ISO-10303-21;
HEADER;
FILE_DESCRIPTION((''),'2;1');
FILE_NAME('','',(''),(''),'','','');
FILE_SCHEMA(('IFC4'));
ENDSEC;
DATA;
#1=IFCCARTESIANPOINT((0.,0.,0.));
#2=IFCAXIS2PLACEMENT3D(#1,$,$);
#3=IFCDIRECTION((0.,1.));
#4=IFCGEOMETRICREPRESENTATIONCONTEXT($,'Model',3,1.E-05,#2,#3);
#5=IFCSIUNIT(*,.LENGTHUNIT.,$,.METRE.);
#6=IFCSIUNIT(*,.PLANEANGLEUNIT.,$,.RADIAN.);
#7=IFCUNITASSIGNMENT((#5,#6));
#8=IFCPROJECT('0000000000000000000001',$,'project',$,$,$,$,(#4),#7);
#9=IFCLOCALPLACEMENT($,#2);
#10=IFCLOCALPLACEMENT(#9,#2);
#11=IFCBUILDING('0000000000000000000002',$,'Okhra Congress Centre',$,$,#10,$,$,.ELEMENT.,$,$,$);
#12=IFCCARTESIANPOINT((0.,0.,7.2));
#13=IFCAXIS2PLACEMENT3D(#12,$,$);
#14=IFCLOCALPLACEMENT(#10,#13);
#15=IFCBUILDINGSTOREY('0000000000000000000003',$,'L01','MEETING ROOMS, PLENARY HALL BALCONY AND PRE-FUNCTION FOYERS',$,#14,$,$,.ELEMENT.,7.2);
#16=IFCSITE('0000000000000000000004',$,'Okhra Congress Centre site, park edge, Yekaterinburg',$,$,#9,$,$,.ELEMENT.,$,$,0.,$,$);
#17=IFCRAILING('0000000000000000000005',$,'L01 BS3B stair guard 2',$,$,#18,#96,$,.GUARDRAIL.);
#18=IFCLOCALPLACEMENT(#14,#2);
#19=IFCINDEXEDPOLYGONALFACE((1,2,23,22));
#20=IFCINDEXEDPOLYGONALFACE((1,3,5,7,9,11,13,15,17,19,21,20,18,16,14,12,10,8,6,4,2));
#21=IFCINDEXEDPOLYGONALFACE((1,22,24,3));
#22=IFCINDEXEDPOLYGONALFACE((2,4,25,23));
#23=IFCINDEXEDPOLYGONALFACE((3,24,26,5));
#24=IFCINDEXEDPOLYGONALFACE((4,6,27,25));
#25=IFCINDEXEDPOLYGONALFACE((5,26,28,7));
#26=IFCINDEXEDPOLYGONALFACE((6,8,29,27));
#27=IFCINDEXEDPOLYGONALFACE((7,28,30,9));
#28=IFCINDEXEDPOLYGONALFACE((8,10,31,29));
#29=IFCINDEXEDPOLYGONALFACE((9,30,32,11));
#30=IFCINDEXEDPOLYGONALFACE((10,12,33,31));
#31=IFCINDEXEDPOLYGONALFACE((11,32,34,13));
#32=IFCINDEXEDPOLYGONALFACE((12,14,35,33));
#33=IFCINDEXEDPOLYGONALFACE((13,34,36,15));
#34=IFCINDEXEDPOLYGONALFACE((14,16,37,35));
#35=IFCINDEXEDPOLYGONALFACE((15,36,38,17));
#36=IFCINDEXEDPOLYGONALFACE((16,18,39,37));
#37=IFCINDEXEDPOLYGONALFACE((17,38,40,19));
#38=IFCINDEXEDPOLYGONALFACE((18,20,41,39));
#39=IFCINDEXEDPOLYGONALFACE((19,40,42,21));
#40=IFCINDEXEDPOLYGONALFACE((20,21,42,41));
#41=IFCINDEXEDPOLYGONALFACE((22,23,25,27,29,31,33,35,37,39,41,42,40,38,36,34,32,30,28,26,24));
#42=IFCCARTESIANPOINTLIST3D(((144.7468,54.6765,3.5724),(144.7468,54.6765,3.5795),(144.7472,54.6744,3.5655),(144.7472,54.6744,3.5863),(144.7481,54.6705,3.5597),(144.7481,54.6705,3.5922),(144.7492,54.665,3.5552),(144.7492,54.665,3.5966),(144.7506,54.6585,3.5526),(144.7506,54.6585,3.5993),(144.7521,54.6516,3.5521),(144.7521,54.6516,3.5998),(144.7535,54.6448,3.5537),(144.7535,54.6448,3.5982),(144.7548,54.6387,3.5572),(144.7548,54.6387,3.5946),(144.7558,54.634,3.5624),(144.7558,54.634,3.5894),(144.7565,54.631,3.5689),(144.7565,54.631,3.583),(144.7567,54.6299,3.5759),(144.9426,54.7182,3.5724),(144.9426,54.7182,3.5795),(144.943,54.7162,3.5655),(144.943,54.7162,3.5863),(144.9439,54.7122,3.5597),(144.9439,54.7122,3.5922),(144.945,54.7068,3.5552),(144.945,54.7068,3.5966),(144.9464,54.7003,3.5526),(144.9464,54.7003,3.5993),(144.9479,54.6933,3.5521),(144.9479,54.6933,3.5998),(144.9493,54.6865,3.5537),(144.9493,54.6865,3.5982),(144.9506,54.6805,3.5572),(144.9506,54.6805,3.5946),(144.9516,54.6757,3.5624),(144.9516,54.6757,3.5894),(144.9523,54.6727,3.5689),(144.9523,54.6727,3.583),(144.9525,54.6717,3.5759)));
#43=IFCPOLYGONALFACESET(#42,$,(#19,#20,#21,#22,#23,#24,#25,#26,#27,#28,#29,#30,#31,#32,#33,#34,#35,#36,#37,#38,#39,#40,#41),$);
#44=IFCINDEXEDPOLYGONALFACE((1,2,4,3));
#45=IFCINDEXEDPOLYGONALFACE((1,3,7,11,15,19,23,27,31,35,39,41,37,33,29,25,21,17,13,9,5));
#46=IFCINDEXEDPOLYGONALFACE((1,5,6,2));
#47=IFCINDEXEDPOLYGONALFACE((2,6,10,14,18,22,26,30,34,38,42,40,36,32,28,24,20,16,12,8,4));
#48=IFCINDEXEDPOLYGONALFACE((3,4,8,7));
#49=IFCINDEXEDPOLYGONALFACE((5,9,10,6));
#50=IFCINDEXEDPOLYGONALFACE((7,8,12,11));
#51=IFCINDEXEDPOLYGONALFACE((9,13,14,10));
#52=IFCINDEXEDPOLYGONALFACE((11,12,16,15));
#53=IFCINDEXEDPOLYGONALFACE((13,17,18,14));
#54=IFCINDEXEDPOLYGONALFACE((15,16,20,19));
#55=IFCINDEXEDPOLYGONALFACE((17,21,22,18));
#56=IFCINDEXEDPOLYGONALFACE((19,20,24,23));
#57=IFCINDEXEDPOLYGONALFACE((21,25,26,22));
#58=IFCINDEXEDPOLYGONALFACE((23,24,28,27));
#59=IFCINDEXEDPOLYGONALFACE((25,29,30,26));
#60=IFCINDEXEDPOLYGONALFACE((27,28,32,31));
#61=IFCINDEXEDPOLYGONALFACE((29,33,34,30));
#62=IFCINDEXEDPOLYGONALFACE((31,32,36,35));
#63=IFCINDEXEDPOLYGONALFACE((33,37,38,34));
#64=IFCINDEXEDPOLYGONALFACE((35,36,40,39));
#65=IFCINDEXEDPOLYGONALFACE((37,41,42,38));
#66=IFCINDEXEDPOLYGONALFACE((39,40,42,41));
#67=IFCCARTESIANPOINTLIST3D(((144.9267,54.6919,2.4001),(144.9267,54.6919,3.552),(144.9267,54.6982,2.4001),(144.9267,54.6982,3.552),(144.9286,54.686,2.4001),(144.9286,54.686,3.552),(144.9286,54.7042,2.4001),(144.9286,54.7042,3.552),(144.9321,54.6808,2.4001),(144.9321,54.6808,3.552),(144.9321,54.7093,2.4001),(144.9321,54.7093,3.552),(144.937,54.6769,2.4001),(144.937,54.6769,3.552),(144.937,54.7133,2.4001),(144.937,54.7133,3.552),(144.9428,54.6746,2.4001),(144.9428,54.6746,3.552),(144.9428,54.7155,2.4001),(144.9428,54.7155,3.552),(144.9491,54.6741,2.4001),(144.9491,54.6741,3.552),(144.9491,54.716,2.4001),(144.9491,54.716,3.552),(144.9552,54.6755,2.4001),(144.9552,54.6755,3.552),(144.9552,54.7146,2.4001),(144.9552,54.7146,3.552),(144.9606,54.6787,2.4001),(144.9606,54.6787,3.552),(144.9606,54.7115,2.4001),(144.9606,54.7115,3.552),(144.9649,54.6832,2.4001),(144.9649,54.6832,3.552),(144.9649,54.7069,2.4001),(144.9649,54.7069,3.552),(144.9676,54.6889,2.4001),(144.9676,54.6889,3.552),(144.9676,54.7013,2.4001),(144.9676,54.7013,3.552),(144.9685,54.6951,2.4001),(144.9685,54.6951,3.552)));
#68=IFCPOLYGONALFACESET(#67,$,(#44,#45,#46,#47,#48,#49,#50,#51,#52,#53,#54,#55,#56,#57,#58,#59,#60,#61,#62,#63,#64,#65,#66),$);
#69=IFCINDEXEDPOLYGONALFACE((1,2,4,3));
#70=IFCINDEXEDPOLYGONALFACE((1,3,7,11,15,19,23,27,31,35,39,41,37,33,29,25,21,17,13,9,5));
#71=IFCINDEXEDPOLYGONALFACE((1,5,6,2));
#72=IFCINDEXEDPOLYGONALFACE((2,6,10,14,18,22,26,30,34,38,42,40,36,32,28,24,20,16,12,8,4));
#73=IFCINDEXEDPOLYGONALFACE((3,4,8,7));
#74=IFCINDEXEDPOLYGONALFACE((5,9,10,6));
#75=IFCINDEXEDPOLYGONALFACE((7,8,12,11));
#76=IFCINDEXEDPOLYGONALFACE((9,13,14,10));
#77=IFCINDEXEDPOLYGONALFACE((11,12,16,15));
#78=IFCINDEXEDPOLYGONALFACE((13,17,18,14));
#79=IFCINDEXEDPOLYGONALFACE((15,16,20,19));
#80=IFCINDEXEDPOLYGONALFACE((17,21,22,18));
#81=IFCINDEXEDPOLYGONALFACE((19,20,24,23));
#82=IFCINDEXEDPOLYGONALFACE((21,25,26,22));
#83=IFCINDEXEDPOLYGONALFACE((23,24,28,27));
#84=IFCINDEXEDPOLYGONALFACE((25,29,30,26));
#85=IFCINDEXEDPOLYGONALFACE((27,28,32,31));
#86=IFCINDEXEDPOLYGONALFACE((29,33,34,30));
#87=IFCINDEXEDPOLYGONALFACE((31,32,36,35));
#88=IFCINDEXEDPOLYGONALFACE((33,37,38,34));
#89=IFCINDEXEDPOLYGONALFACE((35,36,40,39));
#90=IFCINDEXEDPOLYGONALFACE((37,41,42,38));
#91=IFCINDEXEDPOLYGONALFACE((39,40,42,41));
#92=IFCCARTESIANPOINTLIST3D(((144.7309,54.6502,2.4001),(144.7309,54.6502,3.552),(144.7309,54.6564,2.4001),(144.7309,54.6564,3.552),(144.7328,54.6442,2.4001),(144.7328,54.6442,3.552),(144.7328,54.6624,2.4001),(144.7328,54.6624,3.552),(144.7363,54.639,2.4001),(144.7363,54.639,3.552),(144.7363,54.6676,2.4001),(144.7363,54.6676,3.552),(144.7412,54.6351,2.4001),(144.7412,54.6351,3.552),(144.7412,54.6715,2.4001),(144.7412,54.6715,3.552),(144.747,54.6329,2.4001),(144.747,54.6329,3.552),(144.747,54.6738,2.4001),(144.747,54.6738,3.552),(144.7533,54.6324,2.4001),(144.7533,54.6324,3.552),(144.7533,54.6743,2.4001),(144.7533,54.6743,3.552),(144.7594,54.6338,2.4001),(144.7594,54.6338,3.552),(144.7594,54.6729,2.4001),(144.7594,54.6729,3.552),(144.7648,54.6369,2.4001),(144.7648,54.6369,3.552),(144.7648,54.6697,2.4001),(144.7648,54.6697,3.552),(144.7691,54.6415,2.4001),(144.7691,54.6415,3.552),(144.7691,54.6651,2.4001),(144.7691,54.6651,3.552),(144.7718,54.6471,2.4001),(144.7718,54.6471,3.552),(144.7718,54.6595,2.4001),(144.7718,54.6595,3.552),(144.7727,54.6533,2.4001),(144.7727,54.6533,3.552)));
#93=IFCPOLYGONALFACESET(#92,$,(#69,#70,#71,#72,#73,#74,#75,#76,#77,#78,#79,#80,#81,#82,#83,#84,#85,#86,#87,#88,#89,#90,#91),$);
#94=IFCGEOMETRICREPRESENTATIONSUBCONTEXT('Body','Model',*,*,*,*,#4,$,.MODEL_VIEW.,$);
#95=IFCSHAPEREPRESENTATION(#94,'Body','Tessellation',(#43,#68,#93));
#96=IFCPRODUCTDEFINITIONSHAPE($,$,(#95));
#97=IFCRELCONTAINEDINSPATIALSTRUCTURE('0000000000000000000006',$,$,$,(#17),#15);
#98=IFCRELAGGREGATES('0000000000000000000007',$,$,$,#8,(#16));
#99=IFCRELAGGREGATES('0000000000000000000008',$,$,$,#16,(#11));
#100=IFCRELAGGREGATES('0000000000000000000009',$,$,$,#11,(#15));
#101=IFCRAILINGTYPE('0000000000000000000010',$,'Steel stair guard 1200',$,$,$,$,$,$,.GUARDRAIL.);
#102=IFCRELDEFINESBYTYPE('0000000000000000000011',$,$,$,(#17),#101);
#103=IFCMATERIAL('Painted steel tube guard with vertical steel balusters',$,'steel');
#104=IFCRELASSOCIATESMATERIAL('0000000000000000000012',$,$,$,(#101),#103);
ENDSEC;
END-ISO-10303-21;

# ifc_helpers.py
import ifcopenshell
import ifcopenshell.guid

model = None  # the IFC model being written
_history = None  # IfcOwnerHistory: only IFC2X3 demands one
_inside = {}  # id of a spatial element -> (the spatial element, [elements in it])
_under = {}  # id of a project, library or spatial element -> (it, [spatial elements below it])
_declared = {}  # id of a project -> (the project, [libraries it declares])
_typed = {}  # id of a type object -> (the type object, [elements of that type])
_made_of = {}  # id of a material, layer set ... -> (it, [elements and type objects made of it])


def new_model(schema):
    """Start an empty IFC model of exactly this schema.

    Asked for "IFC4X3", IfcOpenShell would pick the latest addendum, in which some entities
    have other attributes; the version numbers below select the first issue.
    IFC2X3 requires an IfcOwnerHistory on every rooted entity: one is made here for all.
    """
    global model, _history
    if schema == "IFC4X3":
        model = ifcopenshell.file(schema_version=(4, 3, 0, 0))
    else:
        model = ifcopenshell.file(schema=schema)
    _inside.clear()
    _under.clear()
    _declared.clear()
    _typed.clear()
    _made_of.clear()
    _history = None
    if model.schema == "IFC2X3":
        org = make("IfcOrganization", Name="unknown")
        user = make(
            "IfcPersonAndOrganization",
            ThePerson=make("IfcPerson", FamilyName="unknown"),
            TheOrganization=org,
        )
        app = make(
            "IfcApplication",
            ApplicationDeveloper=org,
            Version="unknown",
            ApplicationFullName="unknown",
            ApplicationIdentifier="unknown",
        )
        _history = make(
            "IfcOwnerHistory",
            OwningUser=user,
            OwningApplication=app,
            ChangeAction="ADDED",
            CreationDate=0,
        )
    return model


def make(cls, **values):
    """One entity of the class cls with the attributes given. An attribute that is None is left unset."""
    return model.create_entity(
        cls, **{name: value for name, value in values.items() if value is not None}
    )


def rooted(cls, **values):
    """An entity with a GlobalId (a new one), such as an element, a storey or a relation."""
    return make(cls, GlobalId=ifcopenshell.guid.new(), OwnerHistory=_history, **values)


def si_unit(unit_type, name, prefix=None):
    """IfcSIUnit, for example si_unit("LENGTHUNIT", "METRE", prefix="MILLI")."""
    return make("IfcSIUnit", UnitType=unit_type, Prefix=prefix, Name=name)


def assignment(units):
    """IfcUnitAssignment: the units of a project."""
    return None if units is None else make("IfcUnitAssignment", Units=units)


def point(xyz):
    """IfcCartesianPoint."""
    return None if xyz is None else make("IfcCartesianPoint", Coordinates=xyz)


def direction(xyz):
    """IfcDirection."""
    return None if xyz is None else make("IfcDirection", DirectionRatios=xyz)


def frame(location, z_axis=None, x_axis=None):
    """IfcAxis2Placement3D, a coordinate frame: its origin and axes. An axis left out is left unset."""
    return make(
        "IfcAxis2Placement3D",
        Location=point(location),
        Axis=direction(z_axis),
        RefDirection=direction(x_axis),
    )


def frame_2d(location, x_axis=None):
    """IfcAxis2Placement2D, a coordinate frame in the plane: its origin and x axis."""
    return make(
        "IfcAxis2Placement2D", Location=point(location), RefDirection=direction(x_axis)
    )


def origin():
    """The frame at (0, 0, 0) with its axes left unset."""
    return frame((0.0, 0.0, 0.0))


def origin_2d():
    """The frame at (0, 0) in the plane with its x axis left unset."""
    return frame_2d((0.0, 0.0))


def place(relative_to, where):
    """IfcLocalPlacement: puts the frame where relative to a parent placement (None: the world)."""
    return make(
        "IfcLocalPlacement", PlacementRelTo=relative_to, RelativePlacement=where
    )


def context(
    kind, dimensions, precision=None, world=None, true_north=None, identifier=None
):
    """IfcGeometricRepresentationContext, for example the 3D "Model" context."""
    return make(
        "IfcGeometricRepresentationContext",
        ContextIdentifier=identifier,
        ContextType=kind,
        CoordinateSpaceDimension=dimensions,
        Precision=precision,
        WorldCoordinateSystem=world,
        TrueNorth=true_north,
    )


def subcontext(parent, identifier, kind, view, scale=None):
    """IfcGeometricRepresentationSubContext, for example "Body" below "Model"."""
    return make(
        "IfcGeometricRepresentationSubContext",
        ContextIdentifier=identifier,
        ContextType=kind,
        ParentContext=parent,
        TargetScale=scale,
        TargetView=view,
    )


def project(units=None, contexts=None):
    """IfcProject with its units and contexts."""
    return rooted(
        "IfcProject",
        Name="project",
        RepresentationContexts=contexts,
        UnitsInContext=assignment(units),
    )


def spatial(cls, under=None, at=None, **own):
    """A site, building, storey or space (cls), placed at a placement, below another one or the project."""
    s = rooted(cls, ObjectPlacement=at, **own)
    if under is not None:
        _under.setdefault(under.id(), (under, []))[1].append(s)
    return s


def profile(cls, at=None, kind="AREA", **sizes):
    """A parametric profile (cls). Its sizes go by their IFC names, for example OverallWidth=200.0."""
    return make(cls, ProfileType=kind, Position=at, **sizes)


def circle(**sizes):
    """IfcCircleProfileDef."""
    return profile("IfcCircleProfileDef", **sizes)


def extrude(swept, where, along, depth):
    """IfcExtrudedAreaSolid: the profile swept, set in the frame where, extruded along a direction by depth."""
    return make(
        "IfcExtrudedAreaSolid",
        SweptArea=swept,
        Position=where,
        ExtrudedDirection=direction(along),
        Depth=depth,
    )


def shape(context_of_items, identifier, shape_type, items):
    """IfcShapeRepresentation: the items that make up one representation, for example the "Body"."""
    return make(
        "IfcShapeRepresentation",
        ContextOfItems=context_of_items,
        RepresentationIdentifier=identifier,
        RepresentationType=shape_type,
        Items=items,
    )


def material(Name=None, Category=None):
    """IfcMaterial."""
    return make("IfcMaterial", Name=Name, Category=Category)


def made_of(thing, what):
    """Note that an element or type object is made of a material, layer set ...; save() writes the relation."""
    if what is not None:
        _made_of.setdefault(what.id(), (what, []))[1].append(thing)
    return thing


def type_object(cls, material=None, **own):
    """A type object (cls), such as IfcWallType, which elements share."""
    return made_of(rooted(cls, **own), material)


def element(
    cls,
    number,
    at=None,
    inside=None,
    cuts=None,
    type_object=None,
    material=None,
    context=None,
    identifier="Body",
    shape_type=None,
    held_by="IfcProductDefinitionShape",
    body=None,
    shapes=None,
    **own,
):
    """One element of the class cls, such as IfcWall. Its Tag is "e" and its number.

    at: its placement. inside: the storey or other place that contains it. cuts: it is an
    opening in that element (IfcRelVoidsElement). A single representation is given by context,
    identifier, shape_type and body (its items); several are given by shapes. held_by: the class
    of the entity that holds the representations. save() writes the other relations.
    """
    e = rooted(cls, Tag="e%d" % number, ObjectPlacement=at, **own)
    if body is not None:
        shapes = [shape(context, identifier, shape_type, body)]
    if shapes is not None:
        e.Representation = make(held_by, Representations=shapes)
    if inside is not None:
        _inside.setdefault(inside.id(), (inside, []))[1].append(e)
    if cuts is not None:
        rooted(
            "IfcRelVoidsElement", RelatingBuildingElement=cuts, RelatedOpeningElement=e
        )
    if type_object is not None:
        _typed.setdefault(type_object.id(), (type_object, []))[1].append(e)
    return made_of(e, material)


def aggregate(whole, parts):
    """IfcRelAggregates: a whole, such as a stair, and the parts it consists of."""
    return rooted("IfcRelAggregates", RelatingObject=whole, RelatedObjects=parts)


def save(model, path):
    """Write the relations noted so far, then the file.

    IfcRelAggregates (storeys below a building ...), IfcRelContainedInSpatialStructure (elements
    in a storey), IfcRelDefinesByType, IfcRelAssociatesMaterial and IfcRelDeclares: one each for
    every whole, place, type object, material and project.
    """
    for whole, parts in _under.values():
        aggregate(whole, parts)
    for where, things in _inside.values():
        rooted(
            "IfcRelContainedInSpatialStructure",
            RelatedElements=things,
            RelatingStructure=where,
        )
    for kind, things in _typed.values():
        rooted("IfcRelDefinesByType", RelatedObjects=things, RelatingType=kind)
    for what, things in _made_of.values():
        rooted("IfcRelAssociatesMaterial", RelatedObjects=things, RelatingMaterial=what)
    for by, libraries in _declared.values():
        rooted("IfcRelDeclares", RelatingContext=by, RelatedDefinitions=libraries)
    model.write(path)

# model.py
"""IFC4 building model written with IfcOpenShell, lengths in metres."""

from ifc_helpers import new_model, si_unit, direction, frame, origin, origin_2d, place, context, subcontext, project, spatial, circle, extrude, material, type_object, element, save


model = new_model("IFC4")

# Units and contexts
model_context = context("Model", 3, precision=1e-05, world=origin(), true_north=direction((0.0, 1.0)))
body_context = subcontext(model_context, "Body", "Model", "MODEL_VIEW")
ifc_project = project(units=[si_unit("LENGTHUNIT", "METRE"), si_unit("PLANEANGLEUNIT", "RADIAN")], contexts=[model_context])

# Site, building, storey
site_placement = place(None, origin())
site = spatial("IfcSite", under=ifc_project, at=site_placement, Name="Okhra Congress Centre site, park edge, Yekaterinburg", CompositionType="ELEMENT", RefElevation=0.0)
building_placement = place(site_placement, origin())
building = spatial("IfcBuilding", under=site, at=building_placement, Name="Okhra Congress Centre", CompositionType="ELEMENT")
storey_placement = place(building_placement, frame((0.0, 0.0, 7.2)))
storey = spatial("IfcBuildingStorey", under=building, at=storey_placement, Name="L01", Description="MEETING ROOMS, PLENARY HALL BALCONY AND PRE-FUNCTION FOYERS", CompositionType="ELEMENT", Elevation=7.2)

# Railing
ifc_material_1 = material(Name="Painted steel tube guard with vertical steel balusters", Category="steel")
railing_type_1 = type_object("IfcRailingType", Name="Steel stair guard 1200", PredefinedType="GUARDRAIL", material=ifc_material_1)
railing_1_placement = place(storey_placement, frame((144.9475, 54.6951, 2.4001)))
element("IfcRailing", 1, at=railing_1_placement, inside=storey, type_object=railing_type_1, Name="L01 BS3B stair guard 2", PredefinedType="GUARDRAIL", context=body_context, shape_type="SweptSolid", body=[
    extrude(circle(Radius=0.0239, at=origin_2d()), frame((0.0, 0.0, 1.1758), z_axis=(-0.978016, -0.20853, 0.0), x_axis=(0.20853, -0.978016, 0.0)), (0.0, 0.0, 1.0), 0.2002),
    extrude(circle(Radius=0.021, at=origin_2d()), origin(), (0.0, 0.0, 1.0), 1.1519),
    extrude(circle(Radius=0.021, at=origin_2d()), frame((-0.1958, -0.0417, 0.0)), (0.0, 0.0, 1.0), 1.1519),
])

save(model, "model.ifc")
